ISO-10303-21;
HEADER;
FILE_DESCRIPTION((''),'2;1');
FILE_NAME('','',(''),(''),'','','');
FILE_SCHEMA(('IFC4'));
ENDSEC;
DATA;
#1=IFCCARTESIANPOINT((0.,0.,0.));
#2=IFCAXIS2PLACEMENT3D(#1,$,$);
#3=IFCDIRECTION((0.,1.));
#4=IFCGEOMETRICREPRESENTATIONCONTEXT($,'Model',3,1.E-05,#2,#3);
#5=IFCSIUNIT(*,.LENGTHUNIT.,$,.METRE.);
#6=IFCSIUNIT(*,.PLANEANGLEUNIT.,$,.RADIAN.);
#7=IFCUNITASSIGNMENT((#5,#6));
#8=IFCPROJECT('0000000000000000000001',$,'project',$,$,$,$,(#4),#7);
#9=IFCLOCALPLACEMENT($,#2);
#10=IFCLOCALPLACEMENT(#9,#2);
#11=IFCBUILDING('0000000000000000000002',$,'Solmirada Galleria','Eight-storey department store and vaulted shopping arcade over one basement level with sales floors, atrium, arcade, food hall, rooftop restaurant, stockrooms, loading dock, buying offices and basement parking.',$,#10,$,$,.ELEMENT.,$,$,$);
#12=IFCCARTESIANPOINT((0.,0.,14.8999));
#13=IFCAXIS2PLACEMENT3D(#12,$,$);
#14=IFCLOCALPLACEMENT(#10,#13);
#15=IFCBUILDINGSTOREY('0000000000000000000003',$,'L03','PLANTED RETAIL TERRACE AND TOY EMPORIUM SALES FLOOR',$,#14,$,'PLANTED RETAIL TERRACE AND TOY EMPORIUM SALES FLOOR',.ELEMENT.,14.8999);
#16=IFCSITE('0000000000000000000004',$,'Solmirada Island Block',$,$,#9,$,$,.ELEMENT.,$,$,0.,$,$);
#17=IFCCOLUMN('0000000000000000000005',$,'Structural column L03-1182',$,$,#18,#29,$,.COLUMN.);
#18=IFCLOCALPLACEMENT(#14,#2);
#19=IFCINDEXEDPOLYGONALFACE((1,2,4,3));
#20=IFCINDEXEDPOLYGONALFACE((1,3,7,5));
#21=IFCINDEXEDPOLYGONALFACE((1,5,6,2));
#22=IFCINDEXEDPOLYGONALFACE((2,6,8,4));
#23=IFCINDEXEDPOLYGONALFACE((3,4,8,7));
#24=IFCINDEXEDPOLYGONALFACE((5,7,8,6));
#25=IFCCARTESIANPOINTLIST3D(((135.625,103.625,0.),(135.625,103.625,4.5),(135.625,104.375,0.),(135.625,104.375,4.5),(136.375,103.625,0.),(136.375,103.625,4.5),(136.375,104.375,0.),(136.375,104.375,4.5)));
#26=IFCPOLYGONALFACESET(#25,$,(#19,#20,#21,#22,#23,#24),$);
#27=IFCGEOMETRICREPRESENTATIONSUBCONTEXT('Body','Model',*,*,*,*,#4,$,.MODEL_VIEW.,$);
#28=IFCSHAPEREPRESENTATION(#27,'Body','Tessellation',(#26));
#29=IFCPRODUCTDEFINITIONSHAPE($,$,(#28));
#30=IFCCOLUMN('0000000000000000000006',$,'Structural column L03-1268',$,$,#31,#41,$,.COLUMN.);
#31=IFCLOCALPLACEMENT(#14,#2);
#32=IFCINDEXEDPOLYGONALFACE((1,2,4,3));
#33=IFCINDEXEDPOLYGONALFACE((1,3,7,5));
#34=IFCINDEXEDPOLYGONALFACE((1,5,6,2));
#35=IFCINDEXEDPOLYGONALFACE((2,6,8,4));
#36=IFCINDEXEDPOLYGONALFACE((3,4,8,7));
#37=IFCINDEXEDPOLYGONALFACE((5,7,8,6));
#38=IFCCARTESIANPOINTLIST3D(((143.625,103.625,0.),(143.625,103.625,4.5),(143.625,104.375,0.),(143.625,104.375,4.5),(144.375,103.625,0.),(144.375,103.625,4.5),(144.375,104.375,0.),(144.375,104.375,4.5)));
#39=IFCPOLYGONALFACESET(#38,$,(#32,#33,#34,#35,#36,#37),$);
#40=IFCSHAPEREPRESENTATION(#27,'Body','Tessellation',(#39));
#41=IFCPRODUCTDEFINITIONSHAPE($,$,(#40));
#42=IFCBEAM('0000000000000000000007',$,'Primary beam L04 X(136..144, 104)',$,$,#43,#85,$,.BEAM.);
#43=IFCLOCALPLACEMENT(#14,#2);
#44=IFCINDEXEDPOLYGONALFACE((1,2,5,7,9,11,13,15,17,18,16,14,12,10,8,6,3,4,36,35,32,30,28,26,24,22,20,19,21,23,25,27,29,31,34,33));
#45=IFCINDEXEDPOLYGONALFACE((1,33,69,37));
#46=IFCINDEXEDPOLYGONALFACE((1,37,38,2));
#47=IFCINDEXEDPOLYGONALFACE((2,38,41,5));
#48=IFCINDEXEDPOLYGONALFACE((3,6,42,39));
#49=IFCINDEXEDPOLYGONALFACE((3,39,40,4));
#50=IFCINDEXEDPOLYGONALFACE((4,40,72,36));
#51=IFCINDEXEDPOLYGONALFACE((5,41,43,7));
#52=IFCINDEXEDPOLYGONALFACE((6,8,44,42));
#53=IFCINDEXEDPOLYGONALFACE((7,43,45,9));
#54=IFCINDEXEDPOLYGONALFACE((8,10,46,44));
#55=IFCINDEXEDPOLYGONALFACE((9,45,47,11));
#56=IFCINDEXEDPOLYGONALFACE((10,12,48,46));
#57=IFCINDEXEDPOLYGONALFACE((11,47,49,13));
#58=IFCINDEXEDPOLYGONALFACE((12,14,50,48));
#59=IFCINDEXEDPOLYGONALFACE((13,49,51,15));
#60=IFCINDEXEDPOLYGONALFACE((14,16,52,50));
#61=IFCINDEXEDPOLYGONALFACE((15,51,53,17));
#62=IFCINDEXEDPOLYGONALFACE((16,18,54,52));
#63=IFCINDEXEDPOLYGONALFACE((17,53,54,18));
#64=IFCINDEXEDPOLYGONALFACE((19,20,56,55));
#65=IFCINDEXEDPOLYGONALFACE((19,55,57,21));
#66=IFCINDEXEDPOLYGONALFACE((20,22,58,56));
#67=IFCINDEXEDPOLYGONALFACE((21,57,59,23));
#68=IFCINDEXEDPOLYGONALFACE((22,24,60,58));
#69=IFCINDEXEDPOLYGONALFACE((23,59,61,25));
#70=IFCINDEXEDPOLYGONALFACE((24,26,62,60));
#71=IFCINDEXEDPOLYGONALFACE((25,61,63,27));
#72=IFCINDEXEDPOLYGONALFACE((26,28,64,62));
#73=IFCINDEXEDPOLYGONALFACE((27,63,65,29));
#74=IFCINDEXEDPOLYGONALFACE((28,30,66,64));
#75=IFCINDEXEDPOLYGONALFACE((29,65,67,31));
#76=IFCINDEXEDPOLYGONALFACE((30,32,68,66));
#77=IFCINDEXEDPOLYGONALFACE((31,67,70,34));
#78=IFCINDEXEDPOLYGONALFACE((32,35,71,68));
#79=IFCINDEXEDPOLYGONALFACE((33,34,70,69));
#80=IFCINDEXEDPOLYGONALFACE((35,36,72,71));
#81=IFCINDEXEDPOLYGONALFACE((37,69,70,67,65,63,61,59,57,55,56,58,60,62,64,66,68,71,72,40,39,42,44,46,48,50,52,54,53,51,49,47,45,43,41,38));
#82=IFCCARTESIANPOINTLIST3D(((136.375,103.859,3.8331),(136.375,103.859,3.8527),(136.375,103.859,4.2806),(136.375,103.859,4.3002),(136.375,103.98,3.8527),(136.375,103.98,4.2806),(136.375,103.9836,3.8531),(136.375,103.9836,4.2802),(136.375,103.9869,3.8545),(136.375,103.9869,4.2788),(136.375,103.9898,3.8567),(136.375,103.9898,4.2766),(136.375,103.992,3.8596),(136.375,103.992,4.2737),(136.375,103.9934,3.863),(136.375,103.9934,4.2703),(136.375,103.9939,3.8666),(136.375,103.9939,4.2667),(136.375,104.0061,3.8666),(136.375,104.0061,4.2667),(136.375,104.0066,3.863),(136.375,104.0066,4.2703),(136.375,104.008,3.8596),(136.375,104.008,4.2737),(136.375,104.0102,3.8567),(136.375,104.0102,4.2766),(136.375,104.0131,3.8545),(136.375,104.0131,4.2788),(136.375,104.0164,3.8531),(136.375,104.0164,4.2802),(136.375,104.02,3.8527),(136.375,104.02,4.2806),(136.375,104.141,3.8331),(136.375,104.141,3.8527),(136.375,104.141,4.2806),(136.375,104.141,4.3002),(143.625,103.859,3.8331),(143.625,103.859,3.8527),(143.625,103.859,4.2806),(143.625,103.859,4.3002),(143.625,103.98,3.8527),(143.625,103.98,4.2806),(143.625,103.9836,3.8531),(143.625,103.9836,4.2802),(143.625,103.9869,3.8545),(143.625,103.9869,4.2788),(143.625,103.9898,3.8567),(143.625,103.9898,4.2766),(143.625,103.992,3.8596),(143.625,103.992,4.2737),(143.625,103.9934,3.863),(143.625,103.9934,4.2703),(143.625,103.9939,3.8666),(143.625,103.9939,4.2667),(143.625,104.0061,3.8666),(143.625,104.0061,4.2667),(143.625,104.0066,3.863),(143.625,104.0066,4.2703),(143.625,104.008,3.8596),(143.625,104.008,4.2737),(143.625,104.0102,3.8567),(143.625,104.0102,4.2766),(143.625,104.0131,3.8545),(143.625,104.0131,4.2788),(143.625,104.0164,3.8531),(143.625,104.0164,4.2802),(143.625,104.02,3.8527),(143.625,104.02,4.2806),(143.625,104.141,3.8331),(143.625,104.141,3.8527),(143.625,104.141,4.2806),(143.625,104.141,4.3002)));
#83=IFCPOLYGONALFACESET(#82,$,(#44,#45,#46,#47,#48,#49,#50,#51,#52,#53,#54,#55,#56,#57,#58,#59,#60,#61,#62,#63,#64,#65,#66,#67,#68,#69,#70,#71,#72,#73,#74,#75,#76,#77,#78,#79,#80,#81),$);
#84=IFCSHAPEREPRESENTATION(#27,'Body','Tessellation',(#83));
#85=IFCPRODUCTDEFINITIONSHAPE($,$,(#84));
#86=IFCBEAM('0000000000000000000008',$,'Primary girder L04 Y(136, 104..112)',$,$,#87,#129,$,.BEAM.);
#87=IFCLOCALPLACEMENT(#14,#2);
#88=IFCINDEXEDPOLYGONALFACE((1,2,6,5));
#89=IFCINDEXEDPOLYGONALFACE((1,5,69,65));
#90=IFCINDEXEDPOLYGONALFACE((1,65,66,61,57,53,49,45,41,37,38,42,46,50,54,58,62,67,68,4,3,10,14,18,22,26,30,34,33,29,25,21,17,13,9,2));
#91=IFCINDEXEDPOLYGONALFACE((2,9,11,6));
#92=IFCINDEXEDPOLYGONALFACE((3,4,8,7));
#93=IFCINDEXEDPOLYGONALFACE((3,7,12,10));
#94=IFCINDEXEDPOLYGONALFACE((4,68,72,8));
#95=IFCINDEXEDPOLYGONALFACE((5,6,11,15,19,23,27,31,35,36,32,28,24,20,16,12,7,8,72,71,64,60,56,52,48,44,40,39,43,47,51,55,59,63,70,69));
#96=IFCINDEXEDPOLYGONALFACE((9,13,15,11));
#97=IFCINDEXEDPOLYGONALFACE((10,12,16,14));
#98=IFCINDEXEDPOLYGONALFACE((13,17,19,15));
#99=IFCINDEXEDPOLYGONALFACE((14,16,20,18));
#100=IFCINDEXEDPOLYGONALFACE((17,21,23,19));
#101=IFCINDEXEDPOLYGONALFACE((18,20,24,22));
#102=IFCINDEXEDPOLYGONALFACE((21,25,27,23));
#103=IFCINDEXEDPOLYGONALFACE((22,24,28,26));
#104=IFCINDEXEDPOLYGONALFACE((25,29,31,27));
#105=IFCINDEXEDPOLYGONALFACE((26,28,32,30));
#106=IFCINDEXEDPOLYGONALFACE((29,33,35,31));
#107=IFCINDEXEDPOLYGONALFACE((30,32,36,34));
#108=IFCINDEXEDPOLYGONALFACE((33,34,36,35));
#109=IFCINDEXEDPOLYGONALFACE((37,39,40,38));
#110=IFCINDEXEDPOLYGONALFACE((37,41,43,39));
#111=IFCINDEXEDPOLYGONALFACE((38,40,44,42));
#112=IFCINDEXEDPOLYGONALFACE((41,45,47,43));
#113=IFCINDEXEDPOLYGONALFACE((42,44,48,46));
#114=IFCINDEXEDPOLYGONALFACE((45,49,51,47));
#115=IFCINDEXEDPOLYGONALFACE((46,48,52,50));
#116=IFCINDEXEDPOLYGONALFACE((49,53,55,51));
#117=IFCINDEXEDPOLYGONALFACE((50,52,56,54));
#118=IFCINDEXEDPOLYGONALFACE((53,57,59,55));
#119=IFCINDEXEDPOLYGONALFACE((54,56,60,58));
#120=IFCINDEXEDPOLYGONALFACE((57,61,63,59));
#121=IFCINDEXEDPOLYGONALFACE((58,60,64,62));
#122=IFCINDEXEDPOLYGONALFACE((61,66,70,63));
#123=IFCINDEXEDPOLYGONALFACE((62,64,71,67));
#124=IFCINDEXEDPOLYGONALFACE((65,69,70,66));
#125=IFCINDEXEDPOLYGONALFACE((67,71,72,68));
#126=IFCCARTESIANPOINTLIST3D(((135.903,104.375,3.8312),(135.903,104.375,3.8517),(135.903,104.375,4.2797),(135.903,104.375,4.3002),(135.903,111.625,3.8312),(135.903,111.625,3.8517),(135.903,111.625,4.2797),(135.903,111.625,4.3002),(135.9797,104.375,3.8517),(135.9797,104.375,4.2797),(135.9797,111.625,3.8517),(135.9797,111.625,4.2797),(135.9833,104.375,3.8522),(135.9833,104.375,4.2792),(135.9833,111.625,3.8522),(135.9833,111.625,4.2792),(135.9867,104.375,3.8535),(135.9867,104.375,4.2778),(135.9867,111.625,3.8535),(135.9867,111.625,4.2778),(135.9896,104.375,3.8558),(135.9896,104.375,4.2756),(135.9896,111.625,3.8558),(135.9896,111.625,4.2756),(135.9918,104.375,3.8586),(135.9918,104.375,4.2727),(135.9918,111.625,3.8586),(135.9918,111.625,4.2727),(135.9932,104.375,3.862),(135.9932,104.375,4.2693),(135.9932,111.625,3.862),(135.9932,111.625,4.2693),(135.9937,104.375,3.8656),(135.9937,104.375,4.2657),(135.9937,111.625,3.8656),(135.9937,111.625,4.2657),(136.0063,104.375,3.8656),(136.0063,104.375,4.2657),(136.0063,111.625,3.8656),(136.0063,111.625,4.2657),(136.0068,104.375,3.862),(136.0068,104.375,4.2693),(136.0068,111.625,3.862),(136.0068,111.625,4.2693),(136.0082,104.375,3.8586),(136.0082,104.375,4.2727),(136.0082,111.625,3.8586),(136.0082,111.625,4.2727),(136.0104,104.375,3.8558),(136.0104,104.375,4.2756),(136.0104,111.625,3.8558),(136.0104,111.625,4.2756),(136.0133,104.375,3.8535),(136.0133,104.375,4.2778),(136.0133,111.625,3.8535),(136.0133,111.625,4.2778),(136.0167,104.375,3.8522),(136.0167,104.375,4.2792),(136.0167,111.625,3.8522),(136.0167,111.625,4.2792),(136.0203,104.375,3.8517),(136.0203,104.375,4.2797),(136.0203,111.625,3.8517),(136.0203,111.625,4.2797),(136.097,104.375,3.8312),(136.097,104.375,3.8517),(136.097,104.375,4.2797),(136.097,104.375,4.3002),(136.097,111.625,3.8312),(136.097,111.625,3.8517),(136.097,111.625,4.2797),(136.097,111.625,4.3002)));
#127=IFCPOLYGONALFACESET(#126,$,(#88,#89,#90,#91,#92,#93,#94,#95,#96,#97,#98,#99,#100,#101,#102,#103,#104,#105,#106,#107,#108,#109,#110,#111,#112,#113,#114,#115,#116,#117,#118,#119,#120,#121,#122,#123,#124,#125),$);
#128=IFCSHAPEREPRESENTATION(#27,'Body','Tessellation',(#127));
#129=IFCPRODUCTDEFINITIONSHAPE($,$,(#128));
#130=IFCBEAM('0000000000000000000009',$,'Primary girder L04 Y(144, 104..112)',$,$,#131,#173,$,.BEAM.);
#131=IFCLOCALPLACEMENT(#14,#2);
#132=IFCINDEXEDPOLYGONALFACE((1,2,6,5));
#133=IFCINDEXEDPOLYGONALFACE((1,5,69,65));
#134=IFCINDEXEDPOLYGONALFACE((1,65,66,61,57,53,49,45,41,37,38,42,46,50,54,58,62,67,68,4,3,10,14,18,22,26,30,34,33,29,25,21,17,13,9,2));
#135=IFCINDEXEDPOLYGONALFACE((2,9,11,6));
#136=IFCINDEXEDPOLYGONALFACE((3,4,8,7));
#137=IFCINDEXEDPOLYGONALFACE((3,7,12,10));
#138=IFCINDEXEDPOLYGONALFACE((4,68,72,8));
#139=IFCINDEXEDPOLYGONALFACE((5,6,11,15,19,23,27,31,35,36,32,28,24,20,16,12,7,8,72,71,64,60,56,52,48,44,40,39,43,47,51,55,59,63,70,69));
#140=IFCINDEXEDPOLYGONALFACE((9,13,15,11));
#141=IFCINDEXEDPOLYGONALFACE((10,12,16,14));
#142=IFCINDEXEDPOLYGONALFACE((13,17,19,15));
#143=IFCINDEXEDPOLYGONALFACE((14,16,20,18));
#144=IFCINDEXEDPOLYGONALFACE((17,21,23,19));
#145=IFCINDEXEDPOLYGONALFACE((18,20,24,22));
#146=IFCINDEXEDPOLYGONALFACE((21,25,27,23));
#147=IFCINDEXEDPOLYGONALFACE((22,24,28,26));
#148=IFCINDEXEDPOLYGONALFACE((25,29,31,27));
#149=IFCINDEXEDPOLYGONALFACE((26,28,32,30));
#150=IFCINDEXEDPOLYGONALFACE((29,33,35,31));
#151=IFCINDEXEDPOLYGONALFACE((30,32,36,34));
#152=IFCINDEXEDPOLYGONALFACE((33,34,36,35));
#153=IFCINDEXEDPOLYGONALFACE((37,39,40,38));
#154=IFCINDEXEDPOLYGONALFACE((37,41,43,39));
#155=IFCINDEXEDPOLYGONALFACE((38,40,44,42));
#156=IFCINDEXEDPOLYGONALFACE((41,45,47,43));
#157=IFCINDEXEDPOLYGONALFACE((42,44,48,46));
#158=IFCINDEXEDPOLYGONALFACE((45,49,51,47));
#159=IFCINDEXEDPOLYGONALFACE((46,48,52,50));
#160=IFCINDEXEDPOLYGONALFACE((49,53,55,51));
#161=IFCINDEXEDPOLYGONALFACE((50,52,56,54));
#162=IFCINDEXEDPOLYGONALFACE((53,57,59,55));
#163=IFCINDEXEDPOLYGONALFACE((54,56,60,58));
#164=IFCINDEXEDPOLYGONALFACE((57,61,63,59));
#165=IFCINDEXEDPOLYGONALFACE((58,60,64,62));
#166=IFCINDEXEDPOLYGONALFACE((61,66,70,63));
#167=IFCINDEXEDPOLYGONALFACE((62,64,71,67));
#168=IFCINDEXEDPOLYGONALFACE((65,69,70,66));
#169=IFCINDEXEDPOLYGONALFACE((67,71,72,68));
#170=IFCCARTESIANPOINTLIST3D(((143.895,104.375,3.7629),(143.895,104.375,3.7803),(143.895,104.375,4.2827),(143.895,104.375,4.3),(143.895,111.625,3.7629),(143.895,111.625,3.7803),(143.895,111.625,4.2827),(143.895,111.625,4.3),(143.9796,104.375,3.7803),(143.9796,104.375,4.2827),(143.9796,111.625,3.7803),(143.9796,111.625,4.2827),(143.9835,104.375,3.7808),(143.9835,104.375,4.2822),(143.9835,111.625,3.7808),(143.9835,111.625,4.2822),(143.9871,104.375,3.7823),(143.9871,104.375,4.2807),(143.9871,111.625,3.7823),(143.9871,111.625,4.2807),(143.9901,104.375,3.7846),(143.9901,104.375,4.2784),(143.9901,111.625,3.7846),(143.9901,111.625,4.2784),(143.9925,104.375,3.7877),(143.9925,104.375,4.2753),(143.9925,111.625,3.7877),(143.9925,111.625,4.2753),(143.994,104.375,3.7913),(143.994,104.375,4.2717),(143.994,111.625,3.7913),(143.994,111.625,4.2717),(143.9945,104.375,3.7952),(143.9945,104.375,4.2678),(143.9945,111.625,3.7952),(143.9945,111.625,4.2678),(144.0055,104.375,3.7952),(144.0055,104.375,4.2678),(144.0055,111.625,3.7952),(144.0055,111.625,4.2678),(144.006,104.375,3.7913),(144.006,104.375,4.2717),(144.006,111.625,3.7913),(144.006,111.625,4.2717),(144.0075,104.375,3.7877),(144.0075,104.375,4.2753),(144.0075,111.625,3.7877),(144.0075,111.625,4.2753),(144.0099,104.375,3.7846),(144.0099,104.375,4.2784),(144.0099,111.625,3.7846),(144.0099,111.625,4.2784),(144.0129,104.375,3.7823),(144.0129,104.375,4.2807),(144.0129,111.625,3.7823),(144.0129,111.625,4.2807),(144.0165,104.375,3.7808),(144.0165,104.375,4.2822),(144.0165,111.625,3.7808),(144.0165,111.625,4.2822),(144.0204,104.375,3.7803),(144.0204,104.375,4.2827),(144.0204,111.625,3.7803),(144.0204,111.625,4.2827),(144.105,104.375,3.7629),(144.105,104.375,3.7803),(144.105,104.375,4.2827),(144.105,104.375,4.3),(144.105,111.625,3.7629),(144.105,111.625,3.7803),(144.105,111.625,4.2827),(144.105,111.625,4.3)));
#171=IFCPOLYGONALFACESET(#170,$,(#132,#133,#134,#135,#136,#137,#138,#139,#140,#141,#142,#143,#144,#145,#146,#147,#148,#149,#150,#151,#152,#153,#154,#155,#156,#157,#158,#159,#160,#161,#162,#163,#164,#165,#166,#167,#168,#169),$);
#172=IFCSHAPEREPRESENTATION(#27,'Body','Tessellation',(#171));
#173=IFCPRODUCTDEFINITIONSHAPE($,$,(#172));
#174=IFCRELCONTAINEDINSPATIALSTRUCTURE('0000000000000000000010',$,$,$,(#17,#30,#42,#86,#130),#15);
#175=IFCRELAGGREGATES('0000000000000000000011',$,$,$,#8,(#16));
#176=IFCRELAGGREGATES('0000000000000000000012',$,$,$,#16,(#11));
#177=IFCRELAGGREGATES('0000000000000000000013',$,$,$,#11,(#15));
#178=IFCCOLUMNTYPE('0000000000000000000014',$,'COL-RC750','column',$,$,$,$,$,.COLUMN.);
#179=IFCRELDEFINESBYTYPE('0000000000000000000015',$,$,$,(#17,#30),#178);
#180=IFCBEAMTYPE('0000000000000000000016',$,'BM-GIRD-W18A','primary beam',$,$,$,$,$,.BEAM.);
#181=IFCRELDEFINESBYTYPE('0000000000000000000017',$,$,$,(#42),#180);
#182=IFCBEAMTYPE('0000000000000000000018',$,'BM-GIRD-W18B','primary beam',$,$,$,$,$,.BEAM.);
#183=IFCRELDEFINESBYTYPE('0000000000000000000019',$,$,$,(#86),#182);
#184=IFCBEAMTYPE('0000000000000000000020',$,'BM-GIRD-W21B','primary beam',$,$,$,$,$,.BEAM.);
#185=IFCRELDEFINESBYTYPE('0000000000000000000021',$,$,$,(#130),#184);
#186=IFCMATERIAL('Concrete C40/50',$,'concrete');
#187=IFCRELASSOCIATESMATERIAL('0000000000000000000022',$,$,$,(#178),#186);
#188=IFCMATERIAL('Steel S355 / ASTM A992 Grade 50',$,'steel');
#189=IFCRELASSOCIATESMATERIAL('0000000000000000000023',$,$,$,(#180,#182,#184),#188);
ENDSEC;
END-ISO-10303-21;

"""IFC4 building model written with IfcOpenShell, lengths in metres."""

from ifc_helpers import new_model, si_unit, direction, frame, origin, origin_2d, place, context, subcontext, project, spatial, rectangle, i_section, extrude, material, material_profile, profile_set, type_object, element, save


model = new_model("IFC4")

# Units and contexts
model_context = context("Model", 3, precision=1e-05, world=origin(), true_north=direction((0.0, 1.0)))
body_context = subcontext(model_context, "Body", "Model", "MODEL_VIEW")
ifc_project = project(units=[si_unit("LENGTHUNIT", "METRE"), si_unit("PLANEANGLEUNIT", "RADIAN")], contexts=[model_context])

# Site, building, storey
site_placement = place(None, origin())
site = spatial("IfcSite", under=ifc_project, at=site_placement, Name="Solmirada Island Block", CompositionType="ELEMENT", RefElevation=0.0)
building_placement = place(site_placement, origin())
building = spatial("IfcBuilding", under=site, at=building_placement, Name="Solmirada Galleria", Description="Eight-storey department store and vaulted shopping arcade over one basement level with sales floors, atrium, arcade, food hall, rooftop restaurant, stockrooms, loading dock, buying offices and basement parking.", CompositionType="ELEMENT")
storey_placement = place(building_placement, frame((0.0, 0.0, 14.8999)))
storey = spatial("IfcBuildingStorey", under=building, at=storey_placement, Name="L03", Description="PLANTED RETAIL TERRACE AND TOY EMPORIUM SALES FLOOR", LongName="PLANTED RETAIL TERRACE AND TOY EMPORIUM SALES FLOOR", CompositionType="ELEMENT", Elevation=14.8999)

# Columns
ifc_material_1 = material(Name="Concrete C40/50", Category="concrete")
ifc_material_profile_1 = material_profile(ifc_material_1, rectangle(XDim=0.75, YDim=0.75, at=origin_2d()), Name="RC750X750")
ifc_profile_set_1 = profile_set([ifc_material_profile_1], Name="Concrete C40/50")
column_type = type_object("IfcColumnType", Name="COL-RC750", Description="column", PredefinedType="COLUMN", material=ifc_profile_set_1)
for number, where, z_axis, x_axis, name in (
    (1, (136.0, 104.0, 0.0), (0.0, 0.0, 1.0), (1.0, 0.0, 0.0), "Structural column L03-1182"),
    (2, (144.0, 104.0, 0.0), (0.0, 0.0, 1.0), (1.0, 0.0, 0.0), "Structural column L03-1268"),
):
    element("IfcColumn", number, at=place(storey_placement, frame(where, z_axis=z_axis, x_axis=x_axis)), inside=storey, type_object=column_type, Name=name, PredefinedType="COLUMN", context=body_context, shape_type="SweptSolid", body=[
        extrude(rectangle(XDim=0.75, YDim=0.75, at=origin_2d()), origin(), (0.0, 0.0, 1.0), 4.5),
    ])

# Beams
ifc_material_2 = material(Name="Steel S355 / ASTM A992 Grade 50", Category="steel")
ifc_material_profile_2 = material_profile(ifc_material_2, i_section(OverallWidth=0.282, OverallDepth=0.467, WebThickness=0.0122, FlangeThickness=0.0195, FilletRadius=0.0139, at=origin_2d()), Name="W18X86")
ifc_profile_set_2 = profile_set([ifc_material_profile_2], Name="Steel S355 / ASTM A992 Grade 50")
beam_type_1 = type_object("IfcBeamType", Name="BM-GIRD-W18A", Description="primary beam", PredefinedType="BEAM", material=ifc_profile_set_2)
beam_1_placement = place(storey_placement, frame((136.375, 104.0, 4.0667), z_axis=(1.0, 0.0, 0.0), x_axis=(0.0, 1.0, 0.0)))
element("IfcBeam", 3, at=beam_1_placement, inside=storey, type_object=beam_type_1, Name="Primary beam L04 X(136..144, 104)", PredefinedType="BEAM", context=body_context, shape_type="SweptSolid", body=[
    extrude(i_section(OverallWidth=0.282, OverallDepth=0.467, WebThickness=0.0122, FlangeThickness=0.0195, FilletRadius=0.0139, at=origin_2d()), origin(), (0.0, 0.0, 1.0), 7.25),
])
ifc_material_profile_3 = material_profile(ifc_material_2, i_section(OverallWidth=0.1941, OverallDepth=0.469, WebThickness=0.0127, FlangeThickness=0.0205, FilletRadius=0.0139, at=origin_2d()), Name="W18X71")
ifc_profile_set_3 = profile_set([ifc_material_profile_3], Name="Steel S355 / ASTM A992 Grade 50")
beam_type_2 = type_object("IfcBeamType", Name="BM-GIRD-W18B", Description="primary beam", PredefinedType="BEAM", material=ifc_profile_set_3)
beam_2_placement = place(storey_placement, frame((136.0, 104.375, 4.0657), z_axis=(0.0, 1.0, 0.0), x_axis=(-1.0, 0.0, 0.0)))
element("IfcBeam", 4, at=beam_2_placement, inside=storey, type_object=beam_type_2, Name="Primary girder L04 Y(136, 104..112)", PredefinedType="BEAM", context=body_context, shape_type="SweptSolid", body=[
    extrude(i_section(OverallWidth=0.1941, OverallDepth=0.469, WebThickness=0.0127, FlangeThickness=0.0205, FilletRadius=0.0139, at=origin_2d()), origin(), (0.0, 0.0, 1.0), 7.25),
])
ifc_material_profile_4 = material_profile(ifc_material_2, i_section(OverallWidth=0.21, OverallDepth=0.5371, WebThickness=0.011, FlangeThickness=0.0173, FilletRadius=0.0149, at=origin_2d()), Name="W21X68")
ifc_profile_set_4 = profile_set([ifc_material_profile_4], Name="Steel S355 / ASTM A992 Grade 50")
beam_type_3 = type_object("IfcBeamType", Name="BM-GIRD-W21B", Description="primary beam", PredefinedType="BEAM", material=ifc_profile_set_4)
beam_3_placement = place(storey_placement, frame((144.0, 104.375, 4.0315), z_axis=(0.0, 1.0, 0.0), x_axis=(-1.0, 0.0, 0.0)))
element("IfcBeam", 5, at=beam_3_placement, inside=storey, type_object=beam_type_3, Name="Primary girder L04 Y(144, 104..112)", PredefinedType="BEAM", context=body_context, shape_type="SweptSolid", body=[
    extrude(i_section(OverallWidth=0.21, OverallDepth=0.5371, WebThickness=0.011, FlangeThickness=0.0173, FilletRadius=0.0149, at=origin_2d()), origin(), (0.0, 0.0, 1.0), 7.25),
])

save(model, "model.ifc")
